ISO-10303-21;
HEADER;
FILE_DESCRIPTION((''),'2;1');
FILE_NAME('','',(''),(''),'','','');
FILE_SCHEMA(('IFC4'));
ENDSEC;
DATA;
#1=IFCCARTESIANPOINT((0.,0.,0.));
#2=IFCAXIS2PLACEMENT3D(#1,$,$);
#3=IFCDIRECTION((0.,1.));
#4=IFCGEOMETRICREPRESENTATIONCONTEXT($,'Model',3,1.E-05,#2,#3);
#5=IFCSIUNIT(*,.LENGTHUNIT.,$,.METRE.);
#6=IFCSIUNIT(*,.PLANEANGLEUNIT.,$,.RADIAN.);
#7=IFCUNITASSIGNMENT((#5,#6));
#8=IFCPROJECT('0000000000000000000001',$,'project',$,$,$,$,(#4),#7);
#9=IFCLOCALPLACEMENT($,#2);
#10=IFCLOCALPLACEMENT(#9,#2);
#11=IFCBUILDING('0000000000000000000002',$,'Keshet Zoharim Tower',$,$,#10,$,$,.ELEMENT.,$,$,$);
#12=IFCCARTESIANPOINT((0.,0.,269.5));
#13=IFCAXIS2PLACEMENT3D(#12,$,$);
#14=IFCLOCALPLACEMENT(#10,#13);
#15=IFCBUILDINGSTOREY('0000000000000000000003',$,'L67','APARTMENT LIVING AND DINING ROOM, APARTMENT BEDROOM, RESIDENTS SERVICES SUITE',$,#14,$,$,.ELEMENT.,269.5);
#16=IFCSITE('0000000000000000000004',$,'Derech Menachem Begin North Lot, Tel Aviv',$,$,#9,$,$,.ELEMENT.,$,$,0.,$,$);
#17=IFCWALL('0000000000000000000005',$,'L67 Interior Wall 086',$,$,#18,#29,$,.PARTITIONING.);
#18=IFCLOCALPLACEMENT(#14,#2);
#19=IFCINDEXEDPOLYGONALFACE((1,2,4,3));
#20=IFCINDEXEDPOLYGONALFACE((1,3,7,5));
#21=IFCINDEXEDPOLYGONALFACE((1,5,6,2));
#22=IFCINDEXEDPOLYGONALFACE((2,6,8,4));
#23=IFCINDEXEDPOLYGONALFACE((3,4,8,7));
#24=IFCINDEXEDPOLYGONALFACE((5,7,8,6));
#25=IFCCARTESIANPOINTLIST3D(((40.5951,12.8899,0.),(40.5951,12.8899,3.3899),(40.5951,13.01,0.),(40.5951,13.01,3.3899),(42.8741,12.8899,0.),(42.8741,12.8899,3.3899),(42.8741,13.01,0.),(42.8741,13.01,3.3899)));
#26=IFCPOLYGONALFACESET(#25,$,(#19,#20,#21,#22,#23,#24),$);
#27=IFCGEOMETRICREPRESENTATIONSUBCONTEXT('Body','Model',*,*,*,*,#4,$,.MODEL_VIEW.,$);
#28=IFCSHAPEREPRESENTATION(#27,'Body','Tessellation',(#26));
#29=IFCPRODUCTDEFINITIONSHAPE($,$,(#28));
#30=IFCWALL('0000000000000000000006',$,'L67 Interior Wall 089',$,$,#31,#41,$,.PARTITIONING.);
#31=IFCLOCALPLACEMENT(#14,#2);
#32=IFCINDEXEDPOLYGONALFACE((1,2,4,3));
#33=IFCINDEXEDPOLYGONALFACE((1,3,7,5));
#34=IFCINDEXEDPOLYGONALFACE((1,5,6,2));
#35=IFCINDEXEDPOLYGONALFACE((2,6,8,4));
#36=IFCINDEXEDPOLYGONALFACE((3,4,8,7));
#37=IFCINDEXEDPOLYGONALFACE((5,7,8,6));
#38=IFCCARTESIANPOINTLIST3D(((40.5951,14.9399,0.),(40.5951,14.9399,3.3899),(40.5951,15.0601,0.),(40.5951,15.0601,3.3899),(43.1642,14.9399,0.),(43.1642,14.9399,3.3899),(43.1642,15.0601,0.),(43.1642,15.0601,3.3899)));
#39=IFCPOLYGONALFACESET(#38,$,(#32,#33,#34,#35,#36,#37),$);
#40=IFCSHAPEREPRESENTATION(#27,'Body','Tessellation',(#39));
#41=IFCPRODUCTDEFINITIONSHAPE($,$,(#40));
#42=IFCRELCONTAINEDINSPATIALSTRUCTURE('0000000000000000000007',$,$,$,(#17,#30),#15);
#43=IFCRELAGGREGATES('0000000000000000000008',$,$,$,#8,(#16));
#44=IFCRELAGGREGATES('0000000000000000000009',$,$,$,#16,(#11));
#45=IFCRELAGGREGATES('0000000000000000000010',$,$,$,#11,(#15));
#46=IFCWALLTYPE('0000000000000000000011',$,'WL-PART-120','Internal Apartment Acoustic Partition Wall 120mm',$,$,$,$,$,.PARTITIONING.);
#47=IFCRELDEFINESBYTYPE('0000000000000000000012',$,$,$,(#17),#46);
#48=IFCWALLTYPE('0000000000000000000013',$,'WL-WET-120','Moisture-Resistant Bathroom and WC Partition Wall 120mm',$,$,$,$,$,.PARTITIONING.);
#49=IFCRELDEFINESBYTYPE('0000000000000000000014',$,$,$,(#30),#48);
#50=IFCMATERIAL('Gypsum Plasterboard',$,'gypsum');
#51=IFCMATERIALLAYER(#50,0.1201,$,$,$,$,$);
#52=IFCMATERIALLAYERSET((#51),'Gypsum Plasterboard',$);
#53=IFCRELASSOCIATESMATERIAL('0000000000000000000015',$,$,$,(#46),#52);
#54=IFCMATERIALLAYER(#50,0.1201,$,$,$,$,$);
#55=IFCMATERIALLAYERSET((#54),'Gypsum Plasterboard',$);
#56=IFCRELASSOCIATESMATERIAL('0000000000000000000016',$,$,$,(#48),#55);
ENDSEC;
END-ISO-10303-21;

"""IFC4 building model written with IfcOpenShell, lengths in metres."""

from ifc_helpers import new_model, si_unit, direction, frame, frame_2d, origin, place, context, subcontext, project, spatial, rectangle, extrude, material, layer, layer_set, type_object, element, save


model = new_model("IFC4")

# Units and contexts
model_context = context("Model", 3, precision=1e-05, world=origin(), true_north=direction((0.0, 1.0)))
body_context = subcontext(model_context, "Body", "Model", "MODEL_VIEW")
ifc_project = project(units=[si_unit("LENGTHUNIT", "METRE"), si_unit("PLANEANGLEUNIT", "RADIAN")], contexts=[model_context])

# Site, building, storey
site_placement = place(None, origin())
site = spatial("IfcSite", under=ifc_project, at=site_placement, Name="Derech Menachem Begin North Lot, Tel Aviv", CompositionType="ELEMENT", RefElevation=0.0)
building_placement = place(site_placement, origin())
building = spatial("IfcBuilding", under=site, at=building_placement, Name="Keshet Zoharim Tower", CompositionType="ELEMENT")
storey_placement = place(building_placement, frame((0.0, 0.0, 269.5)))
storey = spatial("IfcBuildingStorey", under=building, at=storey_placement, Name="L67", Description="APARTMENT LIVING AND DINING ROOM, APARTMENT BEDROOM, RESIDENTS SERVICES SUITE", CompositionType="ELEMENT", Elevation=269.5)

# Shared definitions
ifc_material_1 = material(Name="Gypsum Plasterboard", Category="gypsum")
ifc_layer_1 = layer(ifc_material_1, 0.1201)
ifc_layer_set_1 = layer_set([ifc_layer_1], Name="Gypsum Plasterboard")
wall_type_1 = type_object("IfcWallType", Name="WL-PART-120", Description="Internal Apartment Acoustic Partition Wall 120mm", PredefinedType="PARTITIONING", material=ifc_layer_set_1)

# Walls
wall_1_placement = place(storey_placement, frame((40.595, 12.95, 0.0), z_axis=(0.0, 0.0, 1.0), x_axis=(1.0, 0.0, 0.0)))
element("IfcWall", 1, at=wall_1_placement, inside=storey, type_object=wall_type_1, Name="L67 Interior Wall 086", PredefinedType="PARTITIONING", context=body_context, shape_type="SweptSolid", body=[
    extrude(rectangle(XDim=2.2791, YDim=0.1201, at=frame_2d((1.1396, 0.0))), origin(), (0.0, 0.0, 1.0), 3.3899),
])
ifc_layer_2 = layer(ifc_material_1, 0.1201)
ifc_layer_set_2 = layer_set([ifc_layer_2], Name="Gypsum Plasterboard")
wall_type_2 = type_object("IfcWallType", Name="WL-WET-120", Description="Moisture-Resistant Bathroom and WC Partition Wall 120mm", PredefinedType="PARTITIONING", material=ifc_layer_set_2)
wall_2_placement = place(storey_placement, frame((40.595, 15.0, 0.0), z_axis=(0.0, 0.0, 1.0), x_axis=(1.0, 0.0, 0.0)))
element("IfcWall", 2, at=wall_2_placement, inside=storey, type_object=wall_type_2, Name="L67 Interior Wall 089", PredefinedType="PARTITIONING", context=body_context, shape_type="SweptSolid", body=[
    extrude(rectangle(XDim=2.5691, YDim=0.1201, at=frame_2d((1.2847, 0.0))), origin(), (0.0, 0.0, 1.0), 3.3899),
])

save(model, "model.ifc")
